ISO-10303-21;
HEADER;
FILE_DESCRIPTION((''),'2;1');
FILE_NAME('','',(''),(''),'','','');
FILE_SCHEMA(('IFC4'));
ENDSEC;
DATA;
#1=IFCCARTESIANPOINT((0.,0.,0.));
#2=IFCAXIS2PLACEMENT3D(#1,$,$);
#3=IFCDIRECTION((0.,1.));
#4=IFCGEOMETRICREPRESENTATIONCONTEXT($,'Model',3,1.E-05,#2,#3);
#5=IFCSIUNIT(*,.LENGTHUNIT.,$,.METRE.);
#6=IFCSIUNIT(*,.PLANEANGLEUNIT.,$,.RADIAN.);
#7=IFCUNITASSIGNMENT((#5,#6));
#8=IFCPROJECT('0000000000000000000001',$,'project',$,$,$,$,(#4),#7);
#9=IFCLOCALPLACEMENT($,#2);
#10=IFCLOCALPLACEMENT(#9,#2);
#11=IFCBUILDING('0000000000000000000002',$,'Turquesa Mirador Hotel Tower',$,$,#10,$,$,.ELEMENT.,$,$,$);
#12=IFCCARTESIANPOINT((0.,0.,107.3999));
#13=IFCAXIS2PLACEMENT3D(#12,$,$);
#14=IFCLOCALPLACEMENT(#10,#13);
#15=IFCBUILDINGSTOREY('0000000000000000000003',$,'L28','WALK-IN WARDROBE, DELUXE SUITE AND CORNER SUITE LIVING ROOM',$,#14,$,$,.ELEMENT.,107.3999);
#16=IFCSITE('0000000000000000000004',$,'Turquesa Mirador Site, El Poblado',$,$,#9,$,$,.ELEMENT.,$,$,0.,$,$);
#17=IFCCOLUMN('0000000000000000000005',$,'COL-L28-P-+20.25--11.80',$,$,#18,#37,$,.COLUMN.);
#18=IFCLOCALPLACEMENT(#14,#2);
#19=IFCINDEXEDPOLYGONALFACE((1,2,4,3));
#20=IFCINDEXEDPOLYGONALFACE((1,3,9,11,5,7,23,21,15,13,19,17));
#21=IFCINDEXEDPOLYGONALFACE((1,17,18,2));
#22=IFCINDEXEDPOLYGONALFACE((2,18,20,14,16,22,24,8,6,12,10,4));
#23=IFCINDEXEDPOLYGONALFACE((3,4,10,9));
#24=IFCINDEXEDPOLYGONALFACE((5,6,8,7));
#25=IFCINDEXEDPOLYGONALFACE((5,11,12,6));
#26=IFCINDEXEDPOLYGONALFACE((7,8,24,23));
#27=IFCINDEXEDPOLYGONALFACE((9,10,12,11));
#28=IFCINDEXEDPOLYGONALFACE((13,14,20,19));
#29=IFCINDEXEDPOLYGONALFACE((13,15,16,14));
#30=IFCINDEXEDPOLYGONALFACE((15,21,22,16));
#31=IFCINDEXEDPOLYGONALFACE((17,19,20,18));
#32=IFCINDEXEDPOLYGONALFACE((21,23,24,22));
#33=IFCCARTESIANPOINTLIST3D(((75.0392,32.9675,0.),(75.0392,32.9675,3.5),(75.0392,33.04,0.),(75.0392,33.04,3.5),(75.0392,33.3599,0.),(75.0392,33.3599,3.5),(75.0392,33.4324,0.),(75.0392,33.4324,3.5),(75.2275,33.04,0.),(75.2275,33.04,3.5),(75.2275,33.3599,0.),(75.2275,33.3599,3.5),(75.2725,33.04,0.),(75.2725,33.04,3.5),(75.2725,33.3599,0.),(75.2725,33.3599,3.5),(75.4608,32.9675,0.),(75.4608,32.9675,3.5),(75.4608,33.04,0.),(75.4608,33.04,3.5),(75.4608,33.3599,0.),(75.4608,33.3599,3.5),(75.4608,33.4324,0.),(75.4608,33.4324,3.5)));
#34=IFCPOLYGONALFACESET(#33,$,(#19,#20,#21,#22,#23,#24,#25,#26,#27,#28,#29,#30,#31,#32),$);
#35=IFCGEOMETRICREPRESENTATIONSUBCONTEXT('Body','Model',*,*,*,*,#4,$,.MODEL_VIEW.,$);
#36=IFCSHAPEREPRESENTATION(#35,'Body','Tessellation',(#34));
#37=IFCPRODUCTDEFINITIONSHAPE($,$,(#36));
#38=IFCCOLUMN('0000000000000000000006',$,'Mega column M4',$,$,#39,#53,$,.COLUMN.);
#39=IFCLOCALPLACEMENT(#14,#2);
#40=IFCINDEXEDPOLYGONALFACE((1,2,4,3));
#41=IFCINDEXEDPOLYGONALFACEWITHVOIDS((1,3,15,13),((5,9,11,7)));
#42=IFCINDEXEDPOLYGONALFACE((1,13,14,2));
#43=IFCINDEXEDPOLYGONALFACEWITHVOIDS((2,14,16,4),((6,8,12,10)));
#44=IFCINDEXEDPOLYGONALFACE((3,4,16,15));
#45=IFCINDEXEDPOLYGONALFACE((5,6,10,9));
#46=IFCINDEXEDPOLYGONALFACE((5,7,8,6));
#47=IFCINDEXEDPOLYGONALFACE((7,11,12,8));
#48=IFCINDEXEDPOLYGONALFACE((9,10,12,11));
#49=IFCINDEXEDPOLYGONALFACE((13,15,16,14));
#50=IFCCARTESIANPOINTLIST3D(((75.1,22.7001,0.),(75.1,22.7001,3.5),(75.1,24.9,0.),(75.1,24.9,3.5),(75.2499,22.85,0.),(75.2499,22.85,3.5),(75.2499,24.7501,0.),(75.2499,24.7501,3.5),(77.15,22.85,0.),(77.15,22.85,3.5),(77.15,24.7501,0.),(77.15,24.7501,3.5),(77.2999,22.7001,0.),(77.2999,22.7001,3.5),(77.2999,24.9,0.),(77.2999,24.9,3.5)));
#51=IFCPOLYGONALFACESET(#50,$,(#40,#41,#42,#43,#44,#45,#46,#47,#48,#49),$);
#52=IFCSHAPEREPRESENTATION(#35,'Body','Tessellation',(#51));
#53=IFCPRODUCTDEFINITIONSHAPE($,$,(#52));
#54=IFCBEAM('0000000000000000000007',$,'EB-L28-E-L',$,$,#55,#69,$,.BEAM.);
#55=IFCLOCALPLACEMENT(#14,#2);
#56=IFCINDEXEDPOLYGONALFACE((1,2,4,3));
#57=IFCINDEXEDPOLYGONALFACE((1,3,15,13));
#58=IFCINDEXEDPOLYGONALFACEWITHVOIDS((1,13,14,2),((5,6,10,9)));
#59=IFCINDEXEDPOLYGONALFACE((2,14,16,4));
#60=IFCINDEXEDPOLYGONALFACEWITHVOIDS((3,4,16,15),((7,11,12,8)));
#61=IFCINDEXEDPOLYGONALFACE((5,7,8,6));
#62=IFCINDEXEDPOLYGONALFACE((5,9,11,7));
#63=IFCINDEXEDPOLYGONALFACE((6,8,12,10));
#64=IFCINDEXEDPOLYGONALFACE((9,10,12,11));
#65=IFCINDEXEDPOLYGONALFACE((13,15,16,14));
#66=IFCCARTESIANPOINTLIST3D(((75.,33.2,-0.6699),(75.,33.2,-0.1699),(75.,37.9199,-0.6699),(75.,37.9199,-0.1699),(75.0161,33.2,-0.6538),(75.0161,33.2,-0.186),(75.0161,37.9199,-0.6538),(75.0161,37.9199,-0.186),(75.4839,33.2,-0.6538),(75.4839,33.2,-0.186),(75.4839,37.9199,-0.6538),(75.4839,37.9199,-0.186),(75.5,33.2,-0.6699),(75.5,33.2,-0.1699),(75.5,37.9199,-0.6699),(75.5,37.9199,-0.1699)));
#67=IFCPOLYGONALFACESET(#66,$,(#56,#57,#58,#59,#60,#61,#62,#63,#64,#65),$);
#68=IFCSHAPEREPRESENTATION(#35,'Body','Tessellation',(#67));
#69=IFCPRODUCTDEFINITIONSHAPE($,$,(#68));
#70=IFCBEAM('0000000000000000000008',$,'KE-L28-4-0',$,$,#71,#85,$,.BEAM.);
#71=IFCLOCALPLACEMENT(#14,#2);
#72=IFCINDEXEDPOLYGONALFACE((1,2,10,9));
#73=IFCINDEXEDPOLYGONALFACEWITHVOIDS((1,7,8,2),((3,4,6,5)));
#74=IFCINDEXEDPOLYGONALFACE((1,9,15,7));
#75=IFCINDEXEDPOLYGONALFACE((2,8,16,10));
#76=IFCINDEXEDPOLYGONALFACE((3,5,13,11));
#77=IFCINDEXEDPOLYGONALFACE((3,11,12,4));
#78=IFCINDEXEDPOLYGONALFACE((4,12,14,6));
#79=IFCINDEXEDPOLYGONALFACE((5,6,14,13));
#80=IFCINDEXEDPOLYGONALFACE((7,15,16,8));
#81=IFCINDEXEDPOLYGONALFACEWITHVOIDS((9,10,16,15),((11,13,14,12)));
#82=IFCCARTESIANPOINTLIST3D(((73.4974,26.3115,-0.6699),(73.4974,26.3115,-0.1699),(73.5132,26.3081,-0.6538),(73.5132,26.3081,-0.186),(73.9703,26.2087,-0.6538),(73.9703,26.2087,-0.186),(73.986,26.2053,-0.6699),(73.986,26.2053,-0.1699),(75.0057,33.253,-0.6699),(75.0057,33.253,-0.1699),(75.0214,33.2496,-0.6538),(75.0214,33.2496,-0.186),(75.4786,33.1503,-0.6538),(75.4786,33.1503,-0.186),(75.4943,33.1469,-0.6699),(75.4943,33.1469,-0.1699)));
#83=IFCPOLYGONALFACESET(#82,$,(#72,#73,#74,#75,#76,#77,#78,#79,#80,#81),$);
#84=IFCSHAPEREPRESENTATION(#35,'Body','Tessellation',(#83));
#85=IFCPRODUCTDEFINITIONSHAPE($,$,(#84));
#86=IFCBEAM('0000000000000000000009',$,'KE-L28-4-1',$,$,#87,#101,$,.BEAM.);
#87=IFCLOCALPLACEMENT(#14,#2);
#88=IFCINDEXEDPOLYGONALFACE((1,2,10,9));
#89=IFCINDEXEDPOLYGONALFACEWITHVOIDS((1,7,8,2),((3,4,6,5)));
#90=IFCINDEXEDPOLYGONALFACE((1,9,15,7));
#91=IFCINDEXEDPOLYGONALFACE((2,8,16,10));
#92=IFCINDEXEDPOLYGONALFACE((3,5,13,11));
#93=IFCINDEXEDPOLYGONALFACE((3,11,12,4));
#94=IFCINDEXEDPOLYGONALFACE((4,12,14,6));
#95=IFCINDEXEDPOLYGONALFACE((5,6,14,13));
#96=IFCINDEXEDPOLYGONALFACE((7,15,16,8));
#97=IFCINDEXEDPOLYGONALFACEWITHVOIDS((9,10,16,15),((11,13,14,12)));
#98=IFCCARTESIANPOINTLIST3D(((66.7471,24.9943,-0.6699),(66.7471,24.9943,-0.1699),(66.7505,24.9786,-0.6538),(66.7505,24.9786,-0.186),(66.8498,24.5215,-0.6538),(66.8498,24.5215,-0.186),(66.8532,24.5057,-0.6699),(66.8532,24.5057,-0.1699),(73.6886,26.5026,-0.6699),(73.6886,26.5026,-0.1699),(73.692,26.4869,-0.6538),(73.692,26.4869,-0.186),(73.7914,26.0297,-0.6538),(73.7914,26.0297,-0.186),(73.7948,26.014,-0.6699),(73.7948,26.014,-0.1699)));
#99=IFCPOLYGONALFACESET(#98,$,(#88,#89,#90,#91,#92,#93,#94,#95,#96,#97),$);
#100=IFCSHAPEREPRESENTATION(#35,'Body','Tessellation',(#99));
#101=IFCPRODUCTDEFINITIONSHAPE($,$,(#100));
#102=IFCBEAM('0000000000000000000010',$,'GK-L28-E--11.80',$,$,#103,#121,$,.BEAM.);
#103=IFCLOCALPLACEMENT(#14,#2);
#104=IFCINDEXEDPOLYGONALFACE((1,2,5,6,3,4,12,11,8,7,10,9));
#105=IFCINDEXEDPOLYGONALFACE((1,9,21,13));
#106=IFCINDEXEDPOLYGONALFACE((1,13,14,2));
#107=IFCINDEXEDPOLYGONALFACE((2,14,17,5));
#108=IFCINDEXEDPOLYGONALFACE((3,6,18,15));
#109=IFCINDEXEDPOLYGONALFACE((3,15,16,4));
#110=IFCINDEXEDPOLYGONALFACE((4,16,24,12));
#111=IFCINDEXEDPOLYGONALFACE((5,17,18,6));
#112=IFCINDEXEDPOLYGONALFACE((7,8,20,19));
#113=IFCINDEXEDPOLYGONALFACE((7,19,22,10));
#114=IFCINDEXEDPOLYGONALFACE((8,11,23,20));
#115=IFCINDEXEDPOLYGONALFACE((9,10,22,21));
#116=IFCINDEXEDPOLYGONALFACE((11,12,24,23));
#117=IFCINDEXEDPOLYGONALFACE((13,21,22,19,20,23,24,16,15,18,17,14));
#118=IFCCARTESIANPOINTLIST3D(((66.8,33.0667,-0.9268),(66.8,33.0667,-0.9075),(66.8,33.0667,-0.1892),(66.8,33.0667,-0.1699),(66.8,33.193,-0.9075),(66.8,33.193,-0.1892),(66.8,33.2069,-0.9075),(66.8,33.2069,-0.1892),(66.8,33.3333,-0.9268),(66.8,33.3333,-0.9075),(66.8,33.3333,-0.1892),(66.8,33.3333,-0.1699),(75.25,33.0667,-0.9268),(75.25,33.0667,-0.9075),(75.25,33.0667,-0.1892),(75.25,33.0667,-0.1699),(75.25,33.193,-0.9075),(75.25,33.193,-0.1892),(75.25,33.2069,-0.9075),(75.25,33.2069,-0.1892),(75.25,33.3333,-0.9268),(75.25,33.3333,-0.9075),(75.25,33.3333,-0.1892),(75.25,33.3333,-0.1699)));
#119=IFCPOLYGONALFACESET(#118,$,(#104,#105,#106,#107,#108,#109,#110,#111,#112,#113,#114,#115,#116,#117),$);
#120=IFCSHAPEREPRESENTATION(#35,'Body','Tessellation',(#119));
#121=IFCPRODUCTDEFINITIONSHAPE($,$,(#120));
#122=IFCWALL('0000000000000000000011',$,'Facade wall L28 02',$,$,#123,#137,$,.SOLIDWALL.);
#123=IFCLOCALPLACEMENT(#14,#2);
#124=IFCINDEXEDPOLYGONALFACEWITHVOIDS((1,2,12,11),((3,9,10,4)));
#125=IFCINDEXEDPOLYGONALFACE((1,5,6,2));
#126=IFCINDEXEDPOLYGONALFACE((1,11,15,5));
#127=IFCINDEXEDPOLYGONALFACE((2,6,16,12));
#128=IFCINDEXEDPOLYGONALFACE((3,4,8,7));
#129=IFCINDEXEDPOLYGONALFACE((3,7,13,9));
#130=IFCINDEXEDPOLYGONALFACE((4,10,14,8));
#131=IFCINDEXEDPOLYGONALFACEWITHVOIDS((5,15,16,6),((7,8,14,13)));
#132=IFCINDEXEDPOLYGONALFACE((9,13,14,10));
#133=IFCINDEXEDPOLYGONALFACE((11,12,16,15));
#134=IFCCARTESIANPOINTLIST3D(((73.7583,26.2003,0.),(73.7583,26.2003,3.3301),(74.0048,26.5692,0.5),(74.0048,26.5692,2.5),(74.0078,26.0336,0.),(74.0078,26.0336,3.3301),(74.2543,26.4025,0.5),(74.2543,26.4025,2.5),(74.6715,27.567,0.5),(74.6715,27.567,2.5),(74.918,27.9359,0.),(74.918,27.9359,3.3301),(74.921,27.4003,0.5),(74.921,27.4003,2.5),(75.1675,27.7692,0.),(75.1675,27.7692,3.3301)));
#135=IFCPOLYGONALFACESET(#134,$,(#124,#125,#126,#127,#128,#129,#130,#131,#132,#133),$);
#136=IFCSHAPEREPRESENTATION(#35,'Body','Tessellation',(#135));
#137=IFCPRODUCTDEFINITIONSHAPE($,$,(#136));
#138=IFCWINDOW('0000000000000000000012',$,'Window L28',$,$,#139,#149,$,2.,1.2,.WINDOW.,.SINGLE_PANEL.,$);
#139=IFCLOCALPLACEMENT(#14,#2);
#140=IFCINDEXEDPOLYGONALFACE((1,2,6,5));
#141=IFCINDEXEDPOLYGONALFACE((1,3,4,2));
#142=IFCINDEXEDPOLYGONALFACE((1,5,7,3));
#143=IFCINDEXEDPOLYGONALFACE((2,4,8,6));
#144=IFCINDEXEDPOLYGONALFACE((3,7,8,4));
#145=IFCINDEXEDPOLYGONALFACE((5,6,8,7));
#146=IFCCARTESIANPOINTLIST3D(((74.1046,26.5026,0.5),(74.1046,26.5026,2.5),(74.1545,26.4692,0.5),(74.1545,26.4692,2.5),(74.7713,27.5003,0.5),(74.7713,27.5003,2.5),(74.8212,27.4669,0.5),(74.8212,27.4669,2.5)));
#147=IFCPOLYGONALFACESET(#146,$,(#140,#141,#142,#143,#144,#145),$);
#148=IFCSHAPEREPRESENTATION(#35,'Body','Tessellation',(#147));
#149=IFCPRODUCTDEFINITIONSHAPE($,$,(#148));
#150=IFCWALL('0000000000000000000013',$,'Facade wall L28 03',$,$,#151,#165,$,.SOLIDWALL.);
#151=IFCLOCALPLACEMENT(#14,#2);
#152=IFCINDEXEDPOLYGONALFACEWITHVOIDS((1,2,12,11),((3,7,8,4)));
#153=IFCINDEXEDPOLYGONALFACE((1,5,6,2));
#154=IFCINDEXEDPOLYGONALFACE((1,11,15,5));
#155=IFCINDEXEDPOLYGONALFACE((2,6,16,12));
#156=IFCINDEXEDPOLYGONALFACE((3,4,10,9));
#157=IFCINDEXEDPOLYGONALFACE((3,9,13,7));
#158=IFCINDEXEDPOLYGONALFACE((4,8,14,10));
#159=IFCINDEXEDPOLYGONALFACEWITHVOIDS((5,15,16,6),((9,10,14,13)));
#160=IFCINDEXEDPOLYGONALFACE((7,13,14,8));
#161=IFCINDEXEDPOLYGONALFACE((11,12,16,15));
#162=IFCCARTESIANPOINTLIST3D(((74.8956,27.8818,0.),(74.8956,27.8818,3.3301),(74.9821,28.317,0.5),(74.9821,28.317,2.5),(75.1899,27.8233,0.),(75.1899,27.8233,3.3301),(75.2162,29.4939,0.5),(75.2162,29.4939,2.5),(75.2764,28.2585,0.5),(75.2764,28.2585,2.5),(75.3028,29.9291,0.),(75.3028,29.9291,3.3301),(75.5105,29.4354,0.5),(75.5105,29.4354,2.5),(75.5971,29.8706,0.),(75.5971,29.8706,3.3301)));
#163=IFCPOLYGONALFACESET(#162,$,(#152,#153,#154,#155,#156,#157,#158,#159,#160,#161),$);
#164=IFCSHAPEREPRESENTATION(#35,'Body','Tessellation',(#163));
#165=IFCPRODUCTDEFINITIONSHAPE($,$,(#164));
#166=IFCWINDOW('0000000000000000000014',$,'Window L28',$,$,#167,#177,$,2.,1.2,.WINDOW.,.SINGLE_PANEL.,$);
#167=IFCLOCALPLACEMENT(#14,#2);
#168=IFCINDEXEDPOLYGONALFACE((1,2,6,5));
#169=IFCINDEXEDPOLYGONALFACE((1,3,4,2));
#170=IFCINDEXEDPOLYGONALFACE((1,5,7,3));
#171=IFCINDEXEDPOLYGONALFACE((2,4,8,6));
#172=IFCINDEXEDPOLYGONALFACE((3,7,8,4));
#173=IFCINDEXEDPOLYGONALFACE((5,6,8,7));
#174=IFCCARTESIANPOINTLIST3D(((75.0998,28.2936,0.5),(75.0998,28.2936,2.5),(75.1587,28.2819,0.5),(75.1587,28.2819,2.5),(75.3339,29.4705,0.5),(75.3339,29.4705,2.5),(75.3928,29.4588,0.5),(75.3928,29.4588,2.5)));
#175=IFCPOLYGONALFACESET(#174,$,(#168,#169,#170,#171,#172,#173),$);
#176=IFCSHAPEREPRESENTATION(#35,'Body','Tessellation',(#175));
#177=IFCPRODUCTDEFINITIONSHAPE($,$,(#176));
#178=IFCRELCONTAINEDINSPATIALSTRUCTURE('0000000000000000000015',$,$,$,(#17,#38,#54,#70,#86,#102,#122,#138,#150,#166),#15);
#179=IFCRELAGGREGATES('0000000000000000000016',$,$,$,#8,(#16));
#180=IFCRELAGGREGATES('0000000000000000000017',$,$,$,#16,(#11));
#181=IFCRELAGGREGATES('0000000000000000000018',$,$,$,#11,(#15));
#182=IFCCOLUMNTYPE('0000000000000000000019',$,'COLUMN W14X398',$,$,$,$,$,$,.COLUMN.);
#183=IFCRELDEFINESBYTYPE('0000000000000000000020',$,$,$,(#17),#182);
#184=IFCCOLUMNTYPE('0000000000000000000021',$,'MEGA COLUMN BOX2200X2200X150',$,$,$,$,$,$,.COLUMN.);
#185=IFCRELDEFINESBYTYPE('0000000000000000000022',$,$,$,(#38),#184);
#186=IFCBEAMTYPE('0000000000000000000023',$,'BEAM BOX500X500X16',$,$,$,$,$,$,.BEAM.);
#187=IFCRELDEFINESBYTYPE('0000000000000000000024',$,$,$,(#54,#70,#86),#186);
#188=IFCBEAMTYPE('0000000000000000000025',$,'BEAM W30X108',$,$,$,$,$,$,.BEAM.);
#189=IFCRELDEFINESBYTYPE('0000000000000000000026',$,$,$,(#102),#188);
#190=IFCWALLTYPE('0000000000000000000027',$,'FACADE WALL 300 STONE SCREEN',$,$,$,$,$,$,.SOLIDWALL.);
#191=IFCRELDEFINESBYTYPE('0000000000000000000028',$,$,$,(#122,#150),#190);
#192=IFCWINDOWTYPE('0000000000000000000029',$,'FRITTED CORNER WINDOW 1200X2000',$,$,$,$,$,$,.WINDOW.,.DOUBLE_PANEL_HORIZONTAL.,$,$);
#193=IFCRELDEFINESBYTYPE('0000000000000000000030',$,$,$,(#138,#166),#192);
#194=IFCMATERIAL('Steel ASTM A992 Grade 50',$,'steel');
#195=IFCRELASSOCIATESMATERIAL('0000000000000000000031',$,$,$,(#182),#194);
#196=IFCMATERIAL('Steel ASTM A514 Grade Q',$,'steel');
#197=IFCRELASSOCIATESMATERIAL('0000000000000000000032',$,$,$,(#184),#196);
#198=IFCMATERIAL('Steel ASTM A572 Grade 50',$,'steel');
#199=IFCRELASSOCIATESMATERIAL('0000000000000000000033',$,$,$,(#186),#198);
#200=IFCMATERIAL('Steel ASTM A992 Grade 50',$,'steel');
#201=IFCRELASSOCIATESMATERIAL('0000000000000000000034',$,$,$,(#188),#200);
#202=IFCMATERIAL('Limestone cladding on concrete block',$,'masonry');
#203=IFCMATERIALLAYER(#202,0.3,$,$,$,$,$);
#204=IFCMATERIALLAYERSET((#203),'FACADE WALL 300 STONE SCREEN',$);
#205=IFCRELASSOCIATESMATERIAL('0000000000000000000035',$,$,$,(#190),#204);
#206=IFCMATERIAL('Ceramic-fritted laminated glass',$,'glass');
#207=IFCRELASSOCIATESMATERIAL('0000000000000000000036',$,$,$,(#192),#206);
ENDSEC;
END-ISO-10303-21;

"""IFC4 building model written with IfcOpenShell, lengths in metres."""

from ifc_helpers import new_model, si_unit, direction, frame, frame_2d, origin, origin_2d, place, context, subcontext, project, spatial, rectangle, hollow_rectangle, i_section, extrude, material, layer, layer_set, material_profile, profile_set, type_object, element, fill, save


model = new_model("IFC4")

# Units and contexts
model_context = context("Model", 3, precision=1e-05, world=origin(), true_north=direction((0.0, 1.0)))
body_context = subcontext(model_context, "Body", "Model", "MODEL_VIEW")
ifc_project = project(units=[si_unit("LENGTHUNIT", "METRE"), si_unit("PLANEANGLEUNIT", "RADIAN")], contexts=[model_context])

# Site, building, storey
site_placement = place(None, origin())
site = spatial("IfcSite", under=ifc_project, at=site_placement, Name="Turquesa Mirador Site, El Poblado", CompositionType="ELEMENT", RefElevation=0.0)
building_placement = place(site_placement, origin())
building = spatial("IfcBuilding", under=site, at=building_placement, Name="Turquesa Mirador Hotel Tower", CompositionType="ELEMENT")
storey_placement = place(building_placement, frame((0.0, 0.0, 107.3999)))
storey = spatial("IfcBuildingStorey", under=building, at=storey_placement, Name="L28", Description="WALK-IN WARDROBE, DELUXE SUITE AND CORNER SUITE LIVING ROOM", CompositionType="ELEMENT", Elevation=107.3999)

# Columns
ifc_material_1 = material(Name="Steel ASTM A992 Grade 50", Category="steel")
ifc_material_profile_1 = material_profile(ifc_material_1, i_section(OverallWidth=0.4216, OverallDepth=0.4648, WebThickness=0.0449, FlangeThickness=0.0725, at=origin_2d()), Name="W14X398")
ifc_profile_set_1 = profile_set([ifc_material_profile_1], Name="Steel ASTM A992 Grade 50")
column_type_1 = type_object("IfcColumnType", Name="COLUMN W14X398", PredefinedType="COLUMN", material=ifc_profile_set_1)
column_1_placement = place(storey_placement, frame((75.25, 33.2, 0.0), z_axis=(0.0, 0.0, 1.0), x_axis=(1.0, 0.0, 0.0)))
element("IfcColumn", 1, at=column_1_placement, inside=storey, type_object=column_type_1, Name="COL-L28-P-+20.25--11.80", PredefinedType="COLUMN", context=body_context, shape_type="SweptSolid", body=[
    extrude(i_section(OverallWidth=0.4216, OverallDepth=0.4648, WebThickness=0.0449, FlangeThickness=0.0725, at=origin_2d()), origin(), (0.0, 0.0, 1.0), 3.5),
])
ifc_material_2 = material(Name="Steel ASTM A514 Grade Q", Category="steel")
ifc_material_profile_2 = material_profile(ifc_material_2, hollow_rectangle(XDim=2.2, YDim=2.2, WallThickness=0.1499, at=origin_2d()), Name="BOX2200X2200X150")
ifc_profile_set_2 = profile_set([ifc_material_profile_2], Name="Steel ASTM A514 Grade Q")
column_type_2 = type_object("IfcColumnType", Name="MEGA COLUMN BOX2200X2200X150", PredefinedType="COLUMN", material=ifc_profile_set_2)
column_2_placement = place(storey_placement, frame((76.2, 23.8, 0.0), z_axis=(0.0, 0.0, 1.0), x_axis=(1.0, 0.0, 0.0)))
element("IfcColumn", 2, at=column_2_placement, inside=storey, type_object=column_type_2, Name="Mega column M4", PredefinedType="COLUMN", context=body_context, shape_type="SweptSolid", body=[
    extrude(hollow_rectangle(XDim=2.2, YDim=2.2, WallThickness=0.1499, at=origin_2d()), origin(), (0.0, 0.0, 1.0), 3.5),
])

# Beams
ifc_material_3 = material(Name="Steel ASTM A572 Grade 50", Category="steel")
ifc_material_profile_3 = material_profile(ifc_material_3, hollow_rectangle(XDim=0.5, YDim=0.5, WallThickness=0.0161, at=origin_2d()), Name="BOX500X500X16")
ifc_profile_set_3 = profile_set([ifc_material_profile_3], Name="Steel ASTM A572 Grade 50")
beam_type_1 = type_object("IfcBeamType", Name="BEAM BOX500X500X16", PredefinedType="BEAM", material=ifc_profile_set_3)
beam_1_placement = place(storey_placement, frame((75.25, 33.2, -0.4199), z_axis=(0.0, 1.0, 0.0), x_axis=(-1.0, 0.0, 0.0)))
element("IfcBeam", 3, at=beam_1_placement, inside=storey, type_object=beam_type_1, Name="EB-L28-E-L", PredefinedType="BEAM", context=body_context, shape_type="SweptSolid", body=[
    extrude(hollow_rectangle(XDim=0.5, YDim=0.5, WallThickness=0.0161, at=origin_2d()), origin(), (0.0, 0.0, 1.0), 4.72),
])
for number, where, z_axis, x_axis, name in (
    (4, (75.25, 33.2, -0.4199), (-0.212328, -0.977198, 0.0), (0.977198, -0.212328, 0.0), "KE-L28-4-0"),
    (5, (73.7417, 26.2583, -0.4199), (-0.977198, -0.212328, 0.0), (0.212328, -0.977198, 0.0), "KE-L28-4-1"),
):
    element("IfcBeam", number, at=place(storey_placement, frame(where, z_axis=z_axis, x_axis=x_axis)), inside=storey, type_object=beam_type_1, Name=name, PredefinedType="BEAM", context=body_context, shape_type="SweptSolid", body=[
        extrude(hollow_rectangle(XDim=0.5, YDim=0.5, WallThickness=0.0161, at=origin_2d()), origin(), (0.0, 0.0, 1.0), 7.1035),
    ])
ifc_material_4 = material(Name="Steel ASTM A992 Grade 50", Category="steel")
ifc_material_profile_4 = material_profile(ifc_material_4, i_section(OverallWidth=0.2666, OverallDepth=0.7568, WebThickness=0.0139, FlangeThickness=0.0193, at=origin_2d()), Name="W30X108")
ifc_profile_set_4 = profile_set([ifc_material_profile_4], Name="Steel ASTM A992 Grade 50")
beam_type_2 = type_object("IfcBeamType", Name="BEAM W30X108", PredefinedType="BEAM", material=ifc_profile_set_4)
beam_2_placement = place(storey_placement, frame((75.25, 33.2, -0.5483), z_axis=(-1.0, 0.0, 0.0), x_axis=(0.0, -1.0, 0.0)))
element("IfcBeam", 6, at=beam_2_placement, inside=storey, type_object=beam_type_2, Name="GK-L28-E--11.80", PredefinedType="BEAM", context=body_context, shape_type="SweptSolid", body=[
    extrude(i_section(OverallWidth=0.2666, OverallDepth=0.7568, WebThickness=0.0139, FlangeThickness=0.0193, at=origin_2d()), origin(), (0.0, 0.0, 1.0), 8.45),
])

# Walls, openings, windows
ifc_material_5 = material(Name="Limestone cladding on concrete block", Category="masonry")
ifc_layer = layer(ifc_material_5, 0.3)
ifc_layer_set = layer_set([ifc_layer], Name="FACADE WALL 300 STONE SCREEN")
wall_type = type_object("IfcWallType", Name="FACADE WALL 300 STONE SCREEN", PredefinedType="SOLIDWALL", material=ifc_layer_set)
wall_1_placement = place(storey_placement, frame((73.8831, 26.1169, 0.0), z_axis=(0.0, 0.0, 1.0), x_axis=(0.555564, 0.831474, 0.0)))
wall_1 = element("IfcWall", 7, at=wall_1_placement, inside=storey, type_object=wall_type, Name="Facade wall L28 02", PredefinedType="SOLIDWALL", context=body_context, shape_type="SweptSolid", body=[
    extrude(rectangle(XDim=2.0874, YDim=0.3, at=frame_2d((1.0437, 0.0))), origin(), (0.0, 0.0, 1.0), 3.3301),
])
opening_1_placement = place(wall_1_placement, frame((0.4436, 0.0, 0.5)))
opening_1 = element("IfcOpeningElement", 8, at=opening_1_placement, cuts=wall_1, PredefinedType="OPENING", context=body_context, shape_type="SweptSolid", body=[
    extrude(rectangle(XDim=1.2, YDim=2.0, at=frame_2d((0.6001, 1.0))), frame((0.0, 0.1599, 0.0), z_axis=(0.0, -1.0, 0.0), x_axis=(1.0, 0.0, 0.0)), (0.0, 0.0, 1.0), 0.3201),
])
ifc_material_6 = material(Name="Ceramic-fritted laminated glass", Category="glass")
window_type_1 = type_object("IfcWindowType", Name="FRITTED CORNER WINDOW 1200X2000", PartitioningType="DOUBLE_PANEL_HORIZONTAL", PredefinedType="WINDOW", material=ifc_material_6)
window_1_placement = place(opening_1_placement, origin())
window_1 = element("IfcWindow", 9, at=window_1_placement, inside=storey, type_object=window_type_1, Name="Window L28", OverallHeight=2.0, OverallWidth=1.2, PartitioningType="SINGLE_PANEL", PredefinedType="WINDOW", context=body_context, shape_type="SweptSolid", body=[
    extrude(rectangle(XDim=1.2, YDim=2.0, at=frame_2d((0.6001, 1.0))), frame((0.0, 0.03, 0.0), z_axis=(0.0, -1.0, 0.0), x_axis=(1.0, 0.0, 0.0)), (0.0, 0.0, 1.0), 0.0601),
])
fill(opening_1, window_1)
wall_2_placement = place(storey_placement, frame((75.0427, 27.8525, 0.0), z_axis=(0.0, 0.0, 1.0), x_axis=(0.195081, 0.980787, 0.0)))
wall_2 = element("IfcWall", 10, at=wall_2_placement, inside=storey, type_object=wall_type, Name="Facade wall L28 03", PredefinedType="SOLIDWALL", context=body_context, shape_type="SweptSolid", body=[
    extrude(rectangle(XDim=2.0874, YDim=0.3, at=frame_2d((1.0437, 0.0))), origin(), (0.0, 0.0, 1.0), 3.3301),
])
opening_2_placement = place(wall_2_placement, frame((0.4436, 0.0, 0.5)))
opening_2 = element("IfcOpeningElement", 11, at=opening_2_placement, cuts=wall_2, PredefinedType="OPENING", context=body_context, shape_type="SweptSolid", body=[
    extrude(rectangle(XDim=1.2, YDim=2.0, at=frame_2d((0.6001, 1.0))), frame((0.0, 0.1599, 0.0), z_axis=(0.0, -1.0, 0.0), x_axis=(1.0, 0.0, 0.0)), (0.0, 0.0, 1.0), 0.3201),
])
window_2_placement = place(opening_2_placement, origin())
window_2 = element("IfcWindow", 12, at=window_2_placement, inside=storey, type_object=window_type_1, Name="Window L28", OverallHeight=2.0, OverallWidth=1.2, PartitioningType="SINGLE_PANEL", PredefinedType="WINDOW", context=body_context, shape_type="SweptSolid", body=[
    extrude(rectangle(XDim=1.2, YDim=2.0, at=frame_2d((0.6001, 1.0))), frame((0.0, 0.03, 0.0), z_axis=(0.0, -1.0, 0.0), x_axis=(1.0, 0.0, 0.0)), (0.0, 0.0, 1.0), 0.0601),
])
fill(opening_2, window_2)

save(model, "model.ifc")
